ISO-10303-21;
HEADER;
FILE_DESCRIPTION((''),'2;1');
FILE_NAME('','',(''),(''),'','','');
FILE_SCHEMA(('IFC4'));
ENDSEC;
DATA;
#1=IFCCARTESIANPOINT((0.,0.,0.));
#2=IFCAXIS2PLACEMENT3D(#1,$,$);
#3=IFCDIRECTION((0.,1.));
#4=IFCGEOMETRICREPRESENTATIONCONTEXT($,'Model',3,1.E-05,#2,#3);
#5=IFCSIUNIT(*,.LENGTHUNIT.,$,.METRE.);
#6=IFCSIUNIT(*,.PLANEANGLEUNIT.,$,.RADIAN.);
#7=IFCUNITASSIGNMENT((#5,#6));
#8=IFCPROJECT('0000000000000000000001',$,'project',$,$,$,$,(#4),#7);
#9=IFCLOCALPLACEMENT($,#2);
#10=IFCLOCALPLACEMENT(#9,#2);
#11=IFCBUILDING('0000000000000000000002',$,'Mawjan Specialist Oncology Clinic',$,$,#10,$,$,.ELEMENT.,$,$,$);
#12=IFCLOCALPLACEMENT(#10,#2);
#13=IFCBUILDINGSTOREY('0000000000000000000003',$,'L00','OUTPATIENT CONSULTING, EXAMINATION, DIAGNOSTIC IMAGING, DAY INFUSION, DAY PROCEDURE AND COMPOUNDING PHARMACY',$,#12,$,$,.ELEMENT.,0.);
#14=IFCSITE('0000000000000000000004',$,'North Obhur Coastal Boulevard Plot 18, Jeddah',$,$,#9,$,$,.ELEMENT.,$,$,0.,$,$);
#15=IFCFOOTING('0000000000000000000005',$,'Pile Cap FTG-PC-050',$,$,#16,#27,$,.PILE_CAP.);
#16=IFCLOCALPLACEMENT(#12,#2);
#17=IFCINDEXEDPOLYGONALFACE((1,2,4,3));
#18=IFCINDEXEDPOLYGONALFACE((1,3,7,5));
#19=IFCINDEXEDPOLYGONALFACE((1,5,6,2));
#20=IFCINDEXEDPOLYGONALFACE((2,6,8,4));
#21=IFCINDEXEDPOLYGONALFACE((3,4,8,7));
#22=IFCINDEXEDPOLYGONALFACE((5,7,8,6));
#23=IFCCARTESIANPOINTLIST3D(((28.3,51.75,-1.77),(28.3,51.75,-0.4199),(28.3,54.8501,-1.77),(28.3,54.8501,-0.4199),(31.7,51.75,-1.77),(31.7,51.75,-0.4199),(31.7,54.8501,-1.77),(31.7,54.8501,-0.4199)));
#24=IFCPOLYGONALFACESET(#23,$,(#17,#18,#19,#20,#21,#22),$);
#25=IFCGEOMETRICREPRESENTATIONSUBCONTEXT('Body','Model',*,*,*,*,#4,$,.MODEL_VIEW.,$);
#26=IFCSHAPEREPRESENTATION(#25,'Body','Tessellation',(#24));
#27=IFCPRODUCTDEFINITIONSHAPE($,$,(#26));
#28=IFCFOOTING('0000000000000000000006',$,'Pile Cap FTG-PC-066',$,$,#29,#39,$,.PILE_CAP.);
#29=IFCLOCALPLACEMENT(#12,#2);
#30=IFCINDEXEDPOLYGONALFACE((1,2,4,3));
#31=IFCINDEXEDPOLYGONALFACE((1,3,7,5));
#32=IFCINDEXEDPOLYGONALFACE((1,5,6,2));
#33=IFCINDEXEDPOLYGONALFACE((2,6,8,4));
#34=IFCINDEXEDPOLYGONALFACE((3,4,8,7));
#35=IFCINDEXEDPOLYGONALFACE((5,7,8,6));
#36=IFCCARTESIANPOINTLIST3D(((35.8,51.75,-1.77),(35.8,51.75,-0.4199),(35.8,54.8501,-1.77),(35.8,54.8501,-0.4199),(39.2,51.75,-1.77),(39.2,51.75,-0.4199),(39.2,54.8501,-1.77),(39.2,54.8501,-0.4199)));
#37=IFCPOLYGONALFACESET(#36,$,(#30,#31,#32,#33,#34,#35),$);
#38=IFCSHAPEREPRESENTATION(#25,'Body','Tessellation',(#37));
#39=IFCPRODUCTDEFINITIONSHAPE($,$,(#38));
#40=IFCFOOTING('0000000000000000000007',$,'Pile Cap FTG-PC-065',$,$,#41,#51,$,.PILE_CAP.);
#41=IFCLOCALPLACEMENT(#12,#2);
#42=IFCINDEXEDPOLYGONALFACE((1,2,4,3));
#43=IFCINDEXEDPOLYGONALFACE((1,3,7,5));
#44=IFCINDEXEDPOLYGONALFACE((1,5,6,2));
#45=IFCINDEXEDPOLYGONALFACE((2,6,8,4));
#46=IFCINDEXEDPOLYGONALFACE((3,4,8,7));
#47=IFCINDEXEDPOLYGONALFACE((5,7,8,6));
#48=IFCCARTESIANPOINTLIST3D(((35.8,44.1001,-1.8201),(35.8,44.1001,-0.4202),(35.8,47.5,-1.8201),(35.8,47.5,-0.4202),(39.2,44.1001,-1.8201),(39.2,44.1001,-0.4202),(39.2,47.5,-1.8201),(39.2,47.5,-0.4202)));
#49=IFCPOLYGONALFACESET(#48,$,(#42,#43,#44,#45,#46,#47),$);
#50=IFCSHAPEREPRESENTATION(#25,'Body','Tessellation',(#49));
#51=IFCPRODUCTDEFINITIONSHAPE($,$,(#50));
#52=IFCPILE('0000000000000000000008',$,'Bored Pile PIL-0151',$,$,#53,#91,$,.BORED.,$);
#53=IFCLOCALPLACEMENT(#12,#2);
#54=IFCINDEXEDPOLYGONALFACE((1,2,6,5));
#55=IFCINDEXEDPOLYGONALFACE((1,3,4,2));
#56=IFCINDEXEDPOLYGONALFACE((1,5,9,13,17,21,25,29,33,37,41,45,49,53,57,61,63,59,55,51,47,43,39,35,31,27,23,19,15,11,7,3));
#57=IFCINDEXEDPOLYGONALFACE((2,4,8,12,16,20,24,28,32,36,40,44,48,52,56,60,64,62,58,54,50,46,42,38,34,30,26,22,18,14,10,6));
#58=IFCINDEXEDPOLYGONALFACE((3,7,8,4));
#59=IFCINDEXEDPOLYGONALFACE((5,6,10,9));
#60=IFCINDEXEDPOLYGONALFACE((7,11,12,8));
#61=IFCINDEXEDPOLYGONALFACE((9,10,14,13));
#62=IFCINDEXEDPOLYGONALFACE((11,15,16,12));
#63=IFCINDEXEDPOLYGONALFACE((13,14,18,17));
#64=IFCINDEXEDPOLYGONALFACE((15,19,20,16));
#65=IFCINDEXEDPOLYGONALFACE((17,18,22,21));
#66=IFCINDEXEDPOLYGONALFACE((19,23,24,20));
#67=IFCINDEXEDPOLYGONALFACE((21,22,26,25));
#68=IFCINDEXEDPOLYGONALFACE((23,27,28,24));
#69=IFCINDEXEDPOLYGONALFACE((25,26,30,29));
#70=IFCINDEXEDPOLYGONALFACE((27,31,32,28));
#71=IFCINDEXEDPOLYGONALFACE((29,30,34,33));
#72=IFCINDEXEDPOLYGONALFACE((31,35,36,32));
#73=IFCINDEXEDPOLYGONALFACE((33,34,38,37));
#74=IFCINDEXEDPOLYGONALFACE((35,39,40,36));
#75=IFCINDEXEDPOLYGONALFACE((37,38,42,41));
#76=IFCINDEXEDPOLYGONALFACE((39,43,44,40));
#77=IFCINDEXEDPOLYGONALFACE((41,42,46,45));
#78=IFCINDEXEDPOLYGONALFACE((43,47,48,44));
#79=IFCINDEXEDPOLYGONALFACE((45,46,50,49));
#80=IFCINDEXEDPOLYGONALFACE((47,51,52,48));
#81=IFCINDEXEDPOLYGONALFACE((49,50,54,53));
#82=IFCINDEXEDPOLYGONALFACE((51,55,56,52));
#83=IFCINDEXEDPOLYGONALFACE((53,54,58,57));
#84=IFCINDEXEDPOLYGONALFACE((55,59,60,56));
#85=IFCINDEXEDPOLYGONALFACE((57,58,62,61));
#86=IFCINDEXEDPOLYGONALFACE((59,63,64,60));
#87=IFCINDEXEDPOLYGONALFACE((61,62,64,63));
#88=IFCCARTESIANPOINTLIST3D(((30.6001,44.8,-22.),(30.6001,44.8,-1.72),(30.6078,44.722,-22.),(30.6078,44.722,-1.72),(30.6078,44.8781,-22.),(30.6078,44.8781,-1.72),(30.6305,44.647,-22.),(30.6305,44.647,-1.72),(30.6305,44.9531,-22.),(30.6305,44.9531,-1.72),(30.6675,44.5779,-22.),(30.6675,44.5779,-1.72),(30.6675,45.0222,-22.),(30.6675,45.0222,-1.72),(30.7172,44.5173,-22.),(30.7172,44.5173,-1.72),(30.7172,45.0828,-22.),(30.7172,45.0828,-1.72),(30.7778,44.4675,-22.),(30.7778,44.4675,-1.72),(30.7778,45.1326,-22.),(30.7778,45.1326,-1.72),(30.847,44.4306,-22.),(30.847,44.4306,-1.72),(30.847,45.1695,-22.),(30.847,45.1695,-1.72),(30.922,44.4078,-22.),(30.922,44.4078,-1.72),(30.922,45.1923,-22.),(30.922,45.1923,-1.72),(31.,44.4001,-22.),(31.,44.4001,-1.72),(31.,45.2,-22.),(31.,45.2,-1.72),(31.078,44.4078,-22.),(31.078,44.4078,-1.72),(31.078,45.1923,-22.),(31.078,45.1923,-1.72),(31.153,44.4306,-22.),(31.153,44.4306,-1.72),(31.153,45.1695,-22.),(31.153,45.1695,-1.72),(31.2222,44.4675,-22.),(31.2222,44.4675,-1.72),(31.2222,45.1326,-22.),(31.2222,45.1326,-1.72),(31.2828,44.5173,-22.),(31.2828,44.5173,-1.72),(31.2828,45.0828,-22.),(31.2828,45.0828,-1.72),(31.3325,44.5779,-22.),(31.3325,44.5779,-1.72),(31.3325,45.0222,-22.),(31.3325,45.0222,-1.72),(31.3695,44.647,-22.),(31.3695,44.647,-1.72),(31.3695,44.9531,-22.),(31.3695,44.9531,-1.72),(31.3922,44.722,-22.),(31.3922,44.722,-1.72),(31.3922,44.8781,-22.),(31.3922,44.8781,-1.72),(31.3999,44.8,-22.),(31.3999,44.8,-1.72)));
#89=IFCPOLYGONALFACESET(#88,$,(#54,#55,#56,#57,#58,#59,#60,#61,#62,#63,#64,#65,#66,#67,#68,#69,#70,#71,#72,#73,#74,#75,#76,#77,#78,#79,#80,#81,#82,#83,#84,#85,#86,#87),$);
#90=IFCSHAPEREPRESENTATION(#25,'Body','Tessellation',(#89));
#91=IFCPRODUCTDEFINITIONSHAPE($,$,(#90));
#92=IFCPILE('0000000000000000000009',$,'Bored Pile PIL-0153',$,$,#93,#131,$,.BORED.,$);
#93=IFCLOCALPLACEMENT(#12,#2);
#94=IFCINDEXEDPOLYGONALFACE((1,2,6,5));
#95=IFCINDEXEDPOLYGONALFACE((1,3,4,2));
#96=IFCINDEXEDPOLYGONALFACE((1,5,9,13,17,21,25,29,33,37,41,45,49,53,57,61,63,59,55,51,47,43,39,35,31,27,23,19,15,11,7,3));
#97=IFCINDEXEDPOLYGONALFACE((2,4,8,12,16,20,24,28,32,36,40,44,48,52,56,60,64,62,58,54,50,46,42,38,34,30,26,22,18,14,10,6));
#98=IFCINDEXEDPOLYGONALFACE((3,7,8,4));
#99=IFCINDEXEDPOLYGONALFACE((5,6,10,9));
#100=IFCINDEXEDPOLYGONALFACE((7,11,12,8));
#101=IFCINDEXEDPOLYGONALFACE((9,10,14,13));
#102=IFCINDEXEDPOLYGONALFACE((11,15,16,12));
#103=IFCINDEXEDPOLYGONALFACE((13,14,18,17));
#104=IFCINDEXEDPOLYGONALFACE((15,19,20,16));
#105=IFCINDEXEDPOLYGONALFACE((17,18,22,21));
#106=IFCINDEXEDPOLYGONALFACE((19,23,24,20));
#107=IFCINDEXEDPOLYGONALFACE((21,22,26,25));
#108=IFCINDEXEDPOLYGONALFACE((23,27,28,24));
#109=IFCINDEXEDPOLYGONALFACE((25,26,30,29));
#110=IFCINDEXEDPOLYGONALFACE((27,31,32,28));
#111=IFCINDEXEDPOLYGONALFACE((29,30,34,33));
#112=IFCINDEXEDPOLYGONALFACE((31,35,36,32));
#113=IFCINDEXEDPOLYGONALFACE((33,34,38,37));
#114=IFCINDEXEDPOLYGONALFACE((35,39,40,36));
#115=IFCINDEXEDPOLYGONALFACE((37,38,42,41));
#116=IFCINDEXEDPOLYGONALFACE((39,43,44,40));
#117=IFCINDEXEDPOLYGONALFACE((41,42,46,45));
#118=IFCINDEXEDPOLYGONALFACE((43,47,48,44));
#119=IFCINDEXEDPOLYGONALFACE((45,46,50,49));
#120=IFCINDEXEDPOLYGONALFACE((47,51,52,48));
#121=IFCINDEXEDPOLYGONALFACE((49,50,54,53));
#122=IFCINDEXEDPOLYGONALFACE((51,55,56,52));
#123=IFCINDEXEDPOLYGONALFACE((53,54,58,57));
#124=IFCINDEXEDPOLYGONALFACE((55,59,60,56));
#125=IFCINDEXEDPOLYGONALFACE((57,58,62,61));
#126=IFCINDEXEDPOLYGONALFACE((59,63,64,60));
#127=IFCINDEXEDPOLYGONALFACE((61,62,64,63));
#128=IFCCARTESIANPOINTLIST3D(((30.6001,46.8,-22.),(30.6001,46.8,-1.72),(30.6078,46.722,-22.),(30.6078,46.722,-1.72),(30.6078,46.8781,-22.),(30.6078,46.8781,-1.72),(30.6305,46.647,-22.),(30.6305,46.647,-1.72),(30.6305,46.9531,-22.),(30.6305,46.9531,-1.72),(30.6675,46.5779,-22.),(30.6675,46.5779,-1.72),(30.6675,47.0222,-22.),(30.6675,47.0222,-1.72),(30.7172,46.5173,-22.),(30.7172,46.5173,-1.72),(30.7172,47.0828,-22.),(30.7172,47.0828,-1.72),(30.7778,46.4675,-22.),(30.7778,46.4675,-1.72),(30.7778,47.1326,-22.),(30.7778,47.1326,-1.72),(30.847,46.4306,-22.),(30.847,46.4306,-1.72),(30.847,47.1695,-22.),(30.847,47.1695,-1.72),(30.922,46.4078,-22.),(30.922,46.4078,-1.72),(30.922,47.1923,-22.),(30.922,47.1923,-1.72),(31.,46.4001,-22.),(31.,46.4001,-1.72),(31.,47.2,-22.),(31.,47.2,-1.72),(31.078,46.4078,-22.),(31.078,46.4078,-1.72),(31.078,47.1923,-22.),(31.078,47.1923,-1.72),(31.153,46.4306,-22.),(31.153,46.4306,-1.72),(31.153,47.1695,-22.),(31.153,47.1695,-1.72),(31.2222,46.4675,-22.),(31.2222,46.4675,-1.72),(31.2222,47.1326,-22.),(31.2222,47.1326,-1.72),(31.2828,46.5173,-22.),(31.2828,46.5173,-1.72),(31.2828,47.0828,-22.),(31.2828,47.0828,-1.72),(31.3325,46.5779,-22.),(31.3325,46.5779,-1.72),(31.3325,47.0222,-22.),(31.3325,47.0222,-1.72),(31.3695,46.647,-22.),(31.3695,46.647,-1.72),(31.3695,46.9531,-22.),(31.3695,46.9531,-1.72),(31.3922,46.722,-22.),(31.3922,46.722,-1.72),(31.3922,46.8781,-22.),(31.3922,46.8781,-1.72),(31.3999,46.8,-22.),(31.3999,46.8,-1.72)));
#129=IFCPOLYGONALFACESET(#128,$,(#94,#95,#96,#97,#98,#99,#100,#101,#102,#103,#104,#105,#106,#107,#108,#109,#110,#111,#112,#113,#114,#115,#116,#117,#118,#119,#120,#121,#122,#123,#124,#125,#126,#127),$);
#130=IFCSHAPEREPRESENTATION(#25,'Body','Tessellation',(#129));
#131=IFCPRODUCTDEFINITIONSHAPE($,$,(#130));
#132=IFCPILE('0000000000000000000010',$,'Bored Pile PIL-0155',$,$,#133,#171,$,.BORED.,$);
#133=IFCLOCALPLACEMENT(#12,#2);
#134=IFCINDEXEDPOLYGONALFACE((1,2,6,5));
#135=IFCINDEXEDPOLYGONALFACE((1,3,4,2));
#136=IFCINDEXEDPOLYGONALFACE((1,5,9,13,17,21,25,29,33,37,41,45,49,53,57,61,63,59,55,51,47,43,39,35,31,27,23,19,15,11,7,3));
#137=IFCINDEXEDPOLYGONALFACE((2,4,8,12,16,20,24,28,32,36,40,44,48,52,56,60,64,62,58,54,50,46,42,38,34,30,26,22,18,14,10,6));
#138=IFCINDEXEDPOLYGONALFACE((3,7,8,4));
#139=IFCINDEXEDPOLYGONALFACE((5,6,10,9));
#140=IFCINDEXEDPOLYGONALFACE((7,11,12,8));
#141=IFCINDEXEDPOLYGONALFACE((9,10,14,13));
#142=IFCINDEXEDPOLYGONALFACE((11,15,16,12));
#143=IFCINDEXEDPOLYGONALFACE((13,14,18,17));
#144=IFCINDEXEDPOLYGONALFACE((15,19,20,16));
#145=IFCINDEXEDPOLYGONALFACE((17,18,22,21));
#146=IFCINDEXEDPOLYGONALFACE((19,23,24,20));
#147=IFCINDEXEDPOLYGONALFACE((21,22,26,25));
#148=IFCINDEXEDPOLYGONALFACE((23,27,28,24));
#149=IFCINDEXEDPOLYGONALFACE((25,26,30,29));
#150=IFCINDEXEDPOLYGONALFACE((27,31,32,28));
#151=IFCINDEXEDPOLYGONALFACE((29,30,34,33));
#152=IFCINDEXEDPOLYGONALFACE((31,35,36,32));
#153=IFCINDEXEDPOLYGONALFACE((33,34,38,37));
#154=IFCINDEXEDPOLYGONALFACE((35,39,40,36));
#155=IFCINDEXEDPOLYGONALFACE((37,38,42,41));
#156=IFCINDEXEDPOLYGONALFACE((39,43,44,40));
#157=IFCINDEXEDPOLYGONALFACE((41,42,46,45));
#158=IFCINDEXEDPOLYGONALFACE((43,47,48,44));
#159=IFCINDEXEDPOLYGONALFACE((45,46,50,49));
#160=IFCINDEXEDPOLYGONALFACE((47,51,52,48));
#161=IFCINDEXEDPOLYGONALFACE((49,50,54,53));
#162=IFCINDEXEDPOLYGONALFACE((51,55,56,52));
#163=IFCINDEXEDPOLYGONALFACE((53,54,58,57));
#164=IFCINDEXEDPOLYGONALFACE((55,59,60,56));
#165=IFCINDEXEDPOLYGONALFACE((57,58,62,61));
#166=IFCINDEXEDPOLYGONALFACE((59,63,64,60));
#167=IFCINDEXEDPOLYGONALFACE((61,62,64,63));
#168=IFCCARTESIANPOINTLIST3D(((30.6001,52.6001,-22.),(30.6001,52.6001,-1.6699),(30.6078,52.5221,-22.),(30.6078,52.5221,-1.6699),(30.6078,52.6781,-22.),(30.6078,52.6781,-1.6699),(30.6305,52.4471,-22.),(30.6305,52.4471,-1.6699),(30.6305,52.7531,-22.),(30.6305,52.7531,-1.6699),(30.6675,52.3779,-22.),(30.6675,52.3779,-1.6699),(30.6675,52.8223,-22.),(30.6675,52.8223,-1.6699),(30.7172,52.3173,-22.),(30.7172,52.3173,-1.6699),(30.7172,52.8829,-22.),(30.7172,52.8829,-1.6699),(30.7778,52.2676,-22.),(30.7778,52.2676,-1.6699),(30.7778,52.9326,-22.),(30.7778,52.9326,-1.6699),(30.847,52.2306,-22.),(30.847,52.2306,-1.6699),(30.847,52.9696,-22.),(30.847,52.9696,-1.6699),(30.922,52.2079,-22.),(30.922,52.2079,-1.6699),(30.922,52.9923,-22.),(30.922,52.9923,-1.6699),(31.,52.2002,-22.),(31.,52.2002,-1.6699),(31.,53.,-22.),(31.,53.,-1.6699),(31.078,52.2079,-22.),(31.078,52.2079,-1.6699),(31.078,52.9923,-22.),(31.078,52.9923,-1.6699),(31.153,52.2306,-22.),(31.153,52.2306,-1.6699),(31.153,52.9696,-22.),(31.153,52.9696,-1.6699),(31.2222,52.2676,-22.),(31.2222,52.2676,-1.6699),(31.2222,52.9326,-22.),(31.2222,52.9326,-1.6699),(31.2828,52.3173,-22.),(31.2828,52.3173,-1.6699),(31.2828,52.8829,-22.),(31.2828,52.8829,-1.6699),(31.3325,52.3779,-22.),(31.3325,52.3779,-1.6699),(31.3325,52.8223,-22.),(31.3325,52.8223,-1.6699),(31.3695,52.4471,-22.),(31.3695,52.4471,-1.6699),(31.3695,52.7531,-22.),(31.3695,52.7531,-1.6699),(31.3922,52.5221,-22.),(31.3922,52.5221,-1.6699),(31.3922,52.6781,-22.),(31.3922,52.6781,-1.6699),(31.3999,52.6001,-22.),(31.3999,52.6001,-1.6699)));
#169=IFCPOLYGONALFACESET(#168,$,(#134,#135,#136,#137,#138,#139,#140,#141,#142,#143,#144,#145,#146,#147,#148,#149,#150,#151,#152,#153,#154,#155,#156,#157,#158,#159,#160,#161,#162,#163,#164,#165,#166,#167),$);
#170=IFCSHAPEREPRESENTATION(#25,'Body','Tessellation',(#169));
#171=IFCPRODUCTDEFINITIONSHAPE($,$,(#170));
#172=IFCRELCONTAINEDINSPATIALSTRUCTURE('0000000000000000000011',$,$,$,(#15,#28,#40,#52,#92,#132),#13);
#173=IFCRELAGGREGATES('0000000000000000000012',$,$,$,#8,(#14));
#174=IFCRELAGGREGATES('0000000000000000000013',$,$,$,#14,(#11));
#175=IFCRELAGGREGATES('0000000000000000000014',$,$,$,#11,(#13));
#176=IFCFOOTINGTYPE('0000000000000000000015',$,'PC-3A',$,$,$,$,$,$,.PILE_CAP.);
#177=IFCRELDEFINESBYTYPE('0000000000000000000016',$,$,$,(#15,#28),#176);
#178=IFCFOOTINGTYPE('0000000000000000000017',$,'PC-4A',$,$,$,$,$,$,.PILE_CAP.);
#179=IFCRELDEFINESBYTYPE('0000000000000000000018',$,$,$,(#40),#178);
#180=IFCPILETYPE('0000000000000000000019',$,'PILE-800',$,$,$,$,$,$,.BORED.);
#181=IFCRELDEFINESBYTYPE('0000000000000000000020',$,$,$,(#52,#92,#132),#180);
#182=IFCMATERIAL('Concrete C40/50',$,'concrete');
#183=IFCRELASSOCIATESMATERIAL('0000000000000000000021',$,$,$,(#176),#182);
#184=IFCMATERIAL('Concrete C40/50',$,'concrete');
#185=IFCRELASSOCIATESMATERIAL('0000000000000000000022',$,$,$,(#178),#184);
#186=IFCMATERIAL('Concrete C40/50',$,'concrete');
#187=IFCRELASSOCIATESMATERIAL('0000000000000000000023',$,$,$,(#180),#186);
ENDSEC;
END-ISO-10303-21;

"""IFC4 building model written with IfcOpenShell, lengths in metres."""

from ifc_helpers import new_model, si_unit, direction, frame, origin, origin_2d, place, context, subcontext, project, spatial, rectangle, circle, extrude, material, material_profile, profile_set, type_object, element, save


model = new_model("IFC4")

# Units and contexts
model_context = context("Model", 3, precision=1e-05, world=origin(), true_north=direction((0.0, 1.0)))
body_context = subcontext(model_context, "Body", "Model", "MODEL_VIEW")
ifc_project = project(units=[si_unit("LENGTHUNIT", "METRE"), si_unit("PLANEANGLEUNIT", "RADIAN")], contexts=[model_context])

# Site, building, storey
site_placement = place(None, origin())
site = spatial("IfcSite", under=ifc_project, at=site_placement, Name="North Obhur Coastal Boulevard Plot 18, Jeddah", CompositionType="ELEMENT", RefElevation=0.0)
building_placement = place(site_placement, origin())
building = spatial("IfcBuilding", under=site, at=building_placement, Name="Mawjan Specialist Oncology Clinic", CompositionType="ELEMENT")
storey_placement = place(building_placement, origin())
storey = spatial("IfcBuildingStorey", under=building, at=storey_placement, Name="L00", Description="OUTPATIENT CONSULTING, EXAMINATION, DIAGNOSTIC IMAGING, DAY INFUSION, DAY PROCEDURE AND COMPOUNDING PHARMACY", CompositionType="ELEMENT", Elevation=0.0)

# Footings
ifc_material_1 = material(Name="Concrete C40/50", Category="concrete")
footing_type_1 = type_object("IfcFootingType", Name="PC-3A", PredefinedType="PILE_CAP", material=ifc_material_1)
for number, where, z_axis, x_axis, name in (
    (1, (30.0, 53.3, -1.77), (0.0, 0.0, 1.0), (1.0, 0.0, 0.0), "Pile Cap FTG-PC-050"),
    (2, (37.5, 53.3, -1.77), (0.0, 0.0, 1.0), (1.0, 0.0, 0.0), "Pile Cap FTG-PC-066"),
):
    element("IfcFooting", number, at=place(storey_placement, frame(where, z_axis=z_axis, x_axis=x_axis)), inside=storey, type_object=footing_type_1, Name=name, PredefinedType="PILE_CAP", context=body_context, shape_type="SweptSolid", body=[
        extrude(rectangle(XDim=3.3999, YDim=3.1001, at=origin_2d()), origin(), (0.0, 0.0, 1.0), 1.3501),
    ])
ifc_material_2 = material(Name="Concrete C40/50", Category="concrete")
footing_type_2 = type_object("IfcFootingType", Name="PC-4A", PredefinedType="PILE_CAP", material=ifc_material_2)
footing_placement = place(storey_placement, frame((37.5, 45.8, -1.8201), z_axis=(0.0, 0.0, 1.0), x_axis=(1.0, 0.0, 0.0)))
element("IfcFooting", 3, at=footing_placement, inside=storey, type_object=footing_type_2, Name="Pile Cap FTG-PC-065", PredefinedType="PILE_CAP", context=body_context, shape_type="SweptSolid", body=[
    extrude(rectangle(XDim=3.3999, YDim=3.3999, at=origin_2d()), origin(), (0.0, 0.0, 1.0), 1.3999),
])

# Piles
ifc_material_3 = material(Name="Concrete C40/50", Category="concrete")
ifc_material_profile_1 = material_profile(ifc_material_3, circle(Radius=0.3999, at=origin_2d()), Name="BORED PILE D800", Category="concrete")
ifc_profile_set_1 = profile_set([ifc_material_profile_1], Name="Concrete C40/50")
pile_type = type_object("IfcPileType", Name="PILE-800", PredefinedType="BORED", material=ifc_profile_set_1)
for number, where, z_axis, x_axis, name in (
    (4, (31.0, 44.8, -1.72), (0.0, 0.0, -1.0), (1.0, 0.0, 0.0), "Bored Pile PIL-0151"),
    (5, (31.0, 46.8, -1.72), (0.0, 0.0, -1.0), (1.0, 0.0, 0.0), "Bored Pile PIL-0153"),
):
    element("IfcPile", number, at=place(storey_placement, frame(where, z_axis=z_axis, x_axis=x_axis)), inside=storey, type_object=pile_type, Name=name, PredefinedType="BORED", context=body_context, shape_type="SweptSolid", body=[
        extrude(circle(Radius=0.3999, at=origin_2d()), origin(), (0.0, 0.0, 1.0), 20.28),
    ])
pile_placement = place(storey_placement, frame((31.0, 52.6001, -1.6699), z_axis=(0.0, 0.0, -1.0), x_axis=(1.0, 0.0, 0.0)))
element("IfcPile", 6, at=pile_placement, inside=storey, type_object=pile_type, Name="Bored Pile PIL-0155", PredefinedType="BORED", context=body_context, shape_type="SweptSolid", body=[
    extrude(circle(Radius=0.3999, at=origin_2d()), origin(), (0.0, 0.0, 1.0), 20.3301),
])

save(model, "model.ifc")
